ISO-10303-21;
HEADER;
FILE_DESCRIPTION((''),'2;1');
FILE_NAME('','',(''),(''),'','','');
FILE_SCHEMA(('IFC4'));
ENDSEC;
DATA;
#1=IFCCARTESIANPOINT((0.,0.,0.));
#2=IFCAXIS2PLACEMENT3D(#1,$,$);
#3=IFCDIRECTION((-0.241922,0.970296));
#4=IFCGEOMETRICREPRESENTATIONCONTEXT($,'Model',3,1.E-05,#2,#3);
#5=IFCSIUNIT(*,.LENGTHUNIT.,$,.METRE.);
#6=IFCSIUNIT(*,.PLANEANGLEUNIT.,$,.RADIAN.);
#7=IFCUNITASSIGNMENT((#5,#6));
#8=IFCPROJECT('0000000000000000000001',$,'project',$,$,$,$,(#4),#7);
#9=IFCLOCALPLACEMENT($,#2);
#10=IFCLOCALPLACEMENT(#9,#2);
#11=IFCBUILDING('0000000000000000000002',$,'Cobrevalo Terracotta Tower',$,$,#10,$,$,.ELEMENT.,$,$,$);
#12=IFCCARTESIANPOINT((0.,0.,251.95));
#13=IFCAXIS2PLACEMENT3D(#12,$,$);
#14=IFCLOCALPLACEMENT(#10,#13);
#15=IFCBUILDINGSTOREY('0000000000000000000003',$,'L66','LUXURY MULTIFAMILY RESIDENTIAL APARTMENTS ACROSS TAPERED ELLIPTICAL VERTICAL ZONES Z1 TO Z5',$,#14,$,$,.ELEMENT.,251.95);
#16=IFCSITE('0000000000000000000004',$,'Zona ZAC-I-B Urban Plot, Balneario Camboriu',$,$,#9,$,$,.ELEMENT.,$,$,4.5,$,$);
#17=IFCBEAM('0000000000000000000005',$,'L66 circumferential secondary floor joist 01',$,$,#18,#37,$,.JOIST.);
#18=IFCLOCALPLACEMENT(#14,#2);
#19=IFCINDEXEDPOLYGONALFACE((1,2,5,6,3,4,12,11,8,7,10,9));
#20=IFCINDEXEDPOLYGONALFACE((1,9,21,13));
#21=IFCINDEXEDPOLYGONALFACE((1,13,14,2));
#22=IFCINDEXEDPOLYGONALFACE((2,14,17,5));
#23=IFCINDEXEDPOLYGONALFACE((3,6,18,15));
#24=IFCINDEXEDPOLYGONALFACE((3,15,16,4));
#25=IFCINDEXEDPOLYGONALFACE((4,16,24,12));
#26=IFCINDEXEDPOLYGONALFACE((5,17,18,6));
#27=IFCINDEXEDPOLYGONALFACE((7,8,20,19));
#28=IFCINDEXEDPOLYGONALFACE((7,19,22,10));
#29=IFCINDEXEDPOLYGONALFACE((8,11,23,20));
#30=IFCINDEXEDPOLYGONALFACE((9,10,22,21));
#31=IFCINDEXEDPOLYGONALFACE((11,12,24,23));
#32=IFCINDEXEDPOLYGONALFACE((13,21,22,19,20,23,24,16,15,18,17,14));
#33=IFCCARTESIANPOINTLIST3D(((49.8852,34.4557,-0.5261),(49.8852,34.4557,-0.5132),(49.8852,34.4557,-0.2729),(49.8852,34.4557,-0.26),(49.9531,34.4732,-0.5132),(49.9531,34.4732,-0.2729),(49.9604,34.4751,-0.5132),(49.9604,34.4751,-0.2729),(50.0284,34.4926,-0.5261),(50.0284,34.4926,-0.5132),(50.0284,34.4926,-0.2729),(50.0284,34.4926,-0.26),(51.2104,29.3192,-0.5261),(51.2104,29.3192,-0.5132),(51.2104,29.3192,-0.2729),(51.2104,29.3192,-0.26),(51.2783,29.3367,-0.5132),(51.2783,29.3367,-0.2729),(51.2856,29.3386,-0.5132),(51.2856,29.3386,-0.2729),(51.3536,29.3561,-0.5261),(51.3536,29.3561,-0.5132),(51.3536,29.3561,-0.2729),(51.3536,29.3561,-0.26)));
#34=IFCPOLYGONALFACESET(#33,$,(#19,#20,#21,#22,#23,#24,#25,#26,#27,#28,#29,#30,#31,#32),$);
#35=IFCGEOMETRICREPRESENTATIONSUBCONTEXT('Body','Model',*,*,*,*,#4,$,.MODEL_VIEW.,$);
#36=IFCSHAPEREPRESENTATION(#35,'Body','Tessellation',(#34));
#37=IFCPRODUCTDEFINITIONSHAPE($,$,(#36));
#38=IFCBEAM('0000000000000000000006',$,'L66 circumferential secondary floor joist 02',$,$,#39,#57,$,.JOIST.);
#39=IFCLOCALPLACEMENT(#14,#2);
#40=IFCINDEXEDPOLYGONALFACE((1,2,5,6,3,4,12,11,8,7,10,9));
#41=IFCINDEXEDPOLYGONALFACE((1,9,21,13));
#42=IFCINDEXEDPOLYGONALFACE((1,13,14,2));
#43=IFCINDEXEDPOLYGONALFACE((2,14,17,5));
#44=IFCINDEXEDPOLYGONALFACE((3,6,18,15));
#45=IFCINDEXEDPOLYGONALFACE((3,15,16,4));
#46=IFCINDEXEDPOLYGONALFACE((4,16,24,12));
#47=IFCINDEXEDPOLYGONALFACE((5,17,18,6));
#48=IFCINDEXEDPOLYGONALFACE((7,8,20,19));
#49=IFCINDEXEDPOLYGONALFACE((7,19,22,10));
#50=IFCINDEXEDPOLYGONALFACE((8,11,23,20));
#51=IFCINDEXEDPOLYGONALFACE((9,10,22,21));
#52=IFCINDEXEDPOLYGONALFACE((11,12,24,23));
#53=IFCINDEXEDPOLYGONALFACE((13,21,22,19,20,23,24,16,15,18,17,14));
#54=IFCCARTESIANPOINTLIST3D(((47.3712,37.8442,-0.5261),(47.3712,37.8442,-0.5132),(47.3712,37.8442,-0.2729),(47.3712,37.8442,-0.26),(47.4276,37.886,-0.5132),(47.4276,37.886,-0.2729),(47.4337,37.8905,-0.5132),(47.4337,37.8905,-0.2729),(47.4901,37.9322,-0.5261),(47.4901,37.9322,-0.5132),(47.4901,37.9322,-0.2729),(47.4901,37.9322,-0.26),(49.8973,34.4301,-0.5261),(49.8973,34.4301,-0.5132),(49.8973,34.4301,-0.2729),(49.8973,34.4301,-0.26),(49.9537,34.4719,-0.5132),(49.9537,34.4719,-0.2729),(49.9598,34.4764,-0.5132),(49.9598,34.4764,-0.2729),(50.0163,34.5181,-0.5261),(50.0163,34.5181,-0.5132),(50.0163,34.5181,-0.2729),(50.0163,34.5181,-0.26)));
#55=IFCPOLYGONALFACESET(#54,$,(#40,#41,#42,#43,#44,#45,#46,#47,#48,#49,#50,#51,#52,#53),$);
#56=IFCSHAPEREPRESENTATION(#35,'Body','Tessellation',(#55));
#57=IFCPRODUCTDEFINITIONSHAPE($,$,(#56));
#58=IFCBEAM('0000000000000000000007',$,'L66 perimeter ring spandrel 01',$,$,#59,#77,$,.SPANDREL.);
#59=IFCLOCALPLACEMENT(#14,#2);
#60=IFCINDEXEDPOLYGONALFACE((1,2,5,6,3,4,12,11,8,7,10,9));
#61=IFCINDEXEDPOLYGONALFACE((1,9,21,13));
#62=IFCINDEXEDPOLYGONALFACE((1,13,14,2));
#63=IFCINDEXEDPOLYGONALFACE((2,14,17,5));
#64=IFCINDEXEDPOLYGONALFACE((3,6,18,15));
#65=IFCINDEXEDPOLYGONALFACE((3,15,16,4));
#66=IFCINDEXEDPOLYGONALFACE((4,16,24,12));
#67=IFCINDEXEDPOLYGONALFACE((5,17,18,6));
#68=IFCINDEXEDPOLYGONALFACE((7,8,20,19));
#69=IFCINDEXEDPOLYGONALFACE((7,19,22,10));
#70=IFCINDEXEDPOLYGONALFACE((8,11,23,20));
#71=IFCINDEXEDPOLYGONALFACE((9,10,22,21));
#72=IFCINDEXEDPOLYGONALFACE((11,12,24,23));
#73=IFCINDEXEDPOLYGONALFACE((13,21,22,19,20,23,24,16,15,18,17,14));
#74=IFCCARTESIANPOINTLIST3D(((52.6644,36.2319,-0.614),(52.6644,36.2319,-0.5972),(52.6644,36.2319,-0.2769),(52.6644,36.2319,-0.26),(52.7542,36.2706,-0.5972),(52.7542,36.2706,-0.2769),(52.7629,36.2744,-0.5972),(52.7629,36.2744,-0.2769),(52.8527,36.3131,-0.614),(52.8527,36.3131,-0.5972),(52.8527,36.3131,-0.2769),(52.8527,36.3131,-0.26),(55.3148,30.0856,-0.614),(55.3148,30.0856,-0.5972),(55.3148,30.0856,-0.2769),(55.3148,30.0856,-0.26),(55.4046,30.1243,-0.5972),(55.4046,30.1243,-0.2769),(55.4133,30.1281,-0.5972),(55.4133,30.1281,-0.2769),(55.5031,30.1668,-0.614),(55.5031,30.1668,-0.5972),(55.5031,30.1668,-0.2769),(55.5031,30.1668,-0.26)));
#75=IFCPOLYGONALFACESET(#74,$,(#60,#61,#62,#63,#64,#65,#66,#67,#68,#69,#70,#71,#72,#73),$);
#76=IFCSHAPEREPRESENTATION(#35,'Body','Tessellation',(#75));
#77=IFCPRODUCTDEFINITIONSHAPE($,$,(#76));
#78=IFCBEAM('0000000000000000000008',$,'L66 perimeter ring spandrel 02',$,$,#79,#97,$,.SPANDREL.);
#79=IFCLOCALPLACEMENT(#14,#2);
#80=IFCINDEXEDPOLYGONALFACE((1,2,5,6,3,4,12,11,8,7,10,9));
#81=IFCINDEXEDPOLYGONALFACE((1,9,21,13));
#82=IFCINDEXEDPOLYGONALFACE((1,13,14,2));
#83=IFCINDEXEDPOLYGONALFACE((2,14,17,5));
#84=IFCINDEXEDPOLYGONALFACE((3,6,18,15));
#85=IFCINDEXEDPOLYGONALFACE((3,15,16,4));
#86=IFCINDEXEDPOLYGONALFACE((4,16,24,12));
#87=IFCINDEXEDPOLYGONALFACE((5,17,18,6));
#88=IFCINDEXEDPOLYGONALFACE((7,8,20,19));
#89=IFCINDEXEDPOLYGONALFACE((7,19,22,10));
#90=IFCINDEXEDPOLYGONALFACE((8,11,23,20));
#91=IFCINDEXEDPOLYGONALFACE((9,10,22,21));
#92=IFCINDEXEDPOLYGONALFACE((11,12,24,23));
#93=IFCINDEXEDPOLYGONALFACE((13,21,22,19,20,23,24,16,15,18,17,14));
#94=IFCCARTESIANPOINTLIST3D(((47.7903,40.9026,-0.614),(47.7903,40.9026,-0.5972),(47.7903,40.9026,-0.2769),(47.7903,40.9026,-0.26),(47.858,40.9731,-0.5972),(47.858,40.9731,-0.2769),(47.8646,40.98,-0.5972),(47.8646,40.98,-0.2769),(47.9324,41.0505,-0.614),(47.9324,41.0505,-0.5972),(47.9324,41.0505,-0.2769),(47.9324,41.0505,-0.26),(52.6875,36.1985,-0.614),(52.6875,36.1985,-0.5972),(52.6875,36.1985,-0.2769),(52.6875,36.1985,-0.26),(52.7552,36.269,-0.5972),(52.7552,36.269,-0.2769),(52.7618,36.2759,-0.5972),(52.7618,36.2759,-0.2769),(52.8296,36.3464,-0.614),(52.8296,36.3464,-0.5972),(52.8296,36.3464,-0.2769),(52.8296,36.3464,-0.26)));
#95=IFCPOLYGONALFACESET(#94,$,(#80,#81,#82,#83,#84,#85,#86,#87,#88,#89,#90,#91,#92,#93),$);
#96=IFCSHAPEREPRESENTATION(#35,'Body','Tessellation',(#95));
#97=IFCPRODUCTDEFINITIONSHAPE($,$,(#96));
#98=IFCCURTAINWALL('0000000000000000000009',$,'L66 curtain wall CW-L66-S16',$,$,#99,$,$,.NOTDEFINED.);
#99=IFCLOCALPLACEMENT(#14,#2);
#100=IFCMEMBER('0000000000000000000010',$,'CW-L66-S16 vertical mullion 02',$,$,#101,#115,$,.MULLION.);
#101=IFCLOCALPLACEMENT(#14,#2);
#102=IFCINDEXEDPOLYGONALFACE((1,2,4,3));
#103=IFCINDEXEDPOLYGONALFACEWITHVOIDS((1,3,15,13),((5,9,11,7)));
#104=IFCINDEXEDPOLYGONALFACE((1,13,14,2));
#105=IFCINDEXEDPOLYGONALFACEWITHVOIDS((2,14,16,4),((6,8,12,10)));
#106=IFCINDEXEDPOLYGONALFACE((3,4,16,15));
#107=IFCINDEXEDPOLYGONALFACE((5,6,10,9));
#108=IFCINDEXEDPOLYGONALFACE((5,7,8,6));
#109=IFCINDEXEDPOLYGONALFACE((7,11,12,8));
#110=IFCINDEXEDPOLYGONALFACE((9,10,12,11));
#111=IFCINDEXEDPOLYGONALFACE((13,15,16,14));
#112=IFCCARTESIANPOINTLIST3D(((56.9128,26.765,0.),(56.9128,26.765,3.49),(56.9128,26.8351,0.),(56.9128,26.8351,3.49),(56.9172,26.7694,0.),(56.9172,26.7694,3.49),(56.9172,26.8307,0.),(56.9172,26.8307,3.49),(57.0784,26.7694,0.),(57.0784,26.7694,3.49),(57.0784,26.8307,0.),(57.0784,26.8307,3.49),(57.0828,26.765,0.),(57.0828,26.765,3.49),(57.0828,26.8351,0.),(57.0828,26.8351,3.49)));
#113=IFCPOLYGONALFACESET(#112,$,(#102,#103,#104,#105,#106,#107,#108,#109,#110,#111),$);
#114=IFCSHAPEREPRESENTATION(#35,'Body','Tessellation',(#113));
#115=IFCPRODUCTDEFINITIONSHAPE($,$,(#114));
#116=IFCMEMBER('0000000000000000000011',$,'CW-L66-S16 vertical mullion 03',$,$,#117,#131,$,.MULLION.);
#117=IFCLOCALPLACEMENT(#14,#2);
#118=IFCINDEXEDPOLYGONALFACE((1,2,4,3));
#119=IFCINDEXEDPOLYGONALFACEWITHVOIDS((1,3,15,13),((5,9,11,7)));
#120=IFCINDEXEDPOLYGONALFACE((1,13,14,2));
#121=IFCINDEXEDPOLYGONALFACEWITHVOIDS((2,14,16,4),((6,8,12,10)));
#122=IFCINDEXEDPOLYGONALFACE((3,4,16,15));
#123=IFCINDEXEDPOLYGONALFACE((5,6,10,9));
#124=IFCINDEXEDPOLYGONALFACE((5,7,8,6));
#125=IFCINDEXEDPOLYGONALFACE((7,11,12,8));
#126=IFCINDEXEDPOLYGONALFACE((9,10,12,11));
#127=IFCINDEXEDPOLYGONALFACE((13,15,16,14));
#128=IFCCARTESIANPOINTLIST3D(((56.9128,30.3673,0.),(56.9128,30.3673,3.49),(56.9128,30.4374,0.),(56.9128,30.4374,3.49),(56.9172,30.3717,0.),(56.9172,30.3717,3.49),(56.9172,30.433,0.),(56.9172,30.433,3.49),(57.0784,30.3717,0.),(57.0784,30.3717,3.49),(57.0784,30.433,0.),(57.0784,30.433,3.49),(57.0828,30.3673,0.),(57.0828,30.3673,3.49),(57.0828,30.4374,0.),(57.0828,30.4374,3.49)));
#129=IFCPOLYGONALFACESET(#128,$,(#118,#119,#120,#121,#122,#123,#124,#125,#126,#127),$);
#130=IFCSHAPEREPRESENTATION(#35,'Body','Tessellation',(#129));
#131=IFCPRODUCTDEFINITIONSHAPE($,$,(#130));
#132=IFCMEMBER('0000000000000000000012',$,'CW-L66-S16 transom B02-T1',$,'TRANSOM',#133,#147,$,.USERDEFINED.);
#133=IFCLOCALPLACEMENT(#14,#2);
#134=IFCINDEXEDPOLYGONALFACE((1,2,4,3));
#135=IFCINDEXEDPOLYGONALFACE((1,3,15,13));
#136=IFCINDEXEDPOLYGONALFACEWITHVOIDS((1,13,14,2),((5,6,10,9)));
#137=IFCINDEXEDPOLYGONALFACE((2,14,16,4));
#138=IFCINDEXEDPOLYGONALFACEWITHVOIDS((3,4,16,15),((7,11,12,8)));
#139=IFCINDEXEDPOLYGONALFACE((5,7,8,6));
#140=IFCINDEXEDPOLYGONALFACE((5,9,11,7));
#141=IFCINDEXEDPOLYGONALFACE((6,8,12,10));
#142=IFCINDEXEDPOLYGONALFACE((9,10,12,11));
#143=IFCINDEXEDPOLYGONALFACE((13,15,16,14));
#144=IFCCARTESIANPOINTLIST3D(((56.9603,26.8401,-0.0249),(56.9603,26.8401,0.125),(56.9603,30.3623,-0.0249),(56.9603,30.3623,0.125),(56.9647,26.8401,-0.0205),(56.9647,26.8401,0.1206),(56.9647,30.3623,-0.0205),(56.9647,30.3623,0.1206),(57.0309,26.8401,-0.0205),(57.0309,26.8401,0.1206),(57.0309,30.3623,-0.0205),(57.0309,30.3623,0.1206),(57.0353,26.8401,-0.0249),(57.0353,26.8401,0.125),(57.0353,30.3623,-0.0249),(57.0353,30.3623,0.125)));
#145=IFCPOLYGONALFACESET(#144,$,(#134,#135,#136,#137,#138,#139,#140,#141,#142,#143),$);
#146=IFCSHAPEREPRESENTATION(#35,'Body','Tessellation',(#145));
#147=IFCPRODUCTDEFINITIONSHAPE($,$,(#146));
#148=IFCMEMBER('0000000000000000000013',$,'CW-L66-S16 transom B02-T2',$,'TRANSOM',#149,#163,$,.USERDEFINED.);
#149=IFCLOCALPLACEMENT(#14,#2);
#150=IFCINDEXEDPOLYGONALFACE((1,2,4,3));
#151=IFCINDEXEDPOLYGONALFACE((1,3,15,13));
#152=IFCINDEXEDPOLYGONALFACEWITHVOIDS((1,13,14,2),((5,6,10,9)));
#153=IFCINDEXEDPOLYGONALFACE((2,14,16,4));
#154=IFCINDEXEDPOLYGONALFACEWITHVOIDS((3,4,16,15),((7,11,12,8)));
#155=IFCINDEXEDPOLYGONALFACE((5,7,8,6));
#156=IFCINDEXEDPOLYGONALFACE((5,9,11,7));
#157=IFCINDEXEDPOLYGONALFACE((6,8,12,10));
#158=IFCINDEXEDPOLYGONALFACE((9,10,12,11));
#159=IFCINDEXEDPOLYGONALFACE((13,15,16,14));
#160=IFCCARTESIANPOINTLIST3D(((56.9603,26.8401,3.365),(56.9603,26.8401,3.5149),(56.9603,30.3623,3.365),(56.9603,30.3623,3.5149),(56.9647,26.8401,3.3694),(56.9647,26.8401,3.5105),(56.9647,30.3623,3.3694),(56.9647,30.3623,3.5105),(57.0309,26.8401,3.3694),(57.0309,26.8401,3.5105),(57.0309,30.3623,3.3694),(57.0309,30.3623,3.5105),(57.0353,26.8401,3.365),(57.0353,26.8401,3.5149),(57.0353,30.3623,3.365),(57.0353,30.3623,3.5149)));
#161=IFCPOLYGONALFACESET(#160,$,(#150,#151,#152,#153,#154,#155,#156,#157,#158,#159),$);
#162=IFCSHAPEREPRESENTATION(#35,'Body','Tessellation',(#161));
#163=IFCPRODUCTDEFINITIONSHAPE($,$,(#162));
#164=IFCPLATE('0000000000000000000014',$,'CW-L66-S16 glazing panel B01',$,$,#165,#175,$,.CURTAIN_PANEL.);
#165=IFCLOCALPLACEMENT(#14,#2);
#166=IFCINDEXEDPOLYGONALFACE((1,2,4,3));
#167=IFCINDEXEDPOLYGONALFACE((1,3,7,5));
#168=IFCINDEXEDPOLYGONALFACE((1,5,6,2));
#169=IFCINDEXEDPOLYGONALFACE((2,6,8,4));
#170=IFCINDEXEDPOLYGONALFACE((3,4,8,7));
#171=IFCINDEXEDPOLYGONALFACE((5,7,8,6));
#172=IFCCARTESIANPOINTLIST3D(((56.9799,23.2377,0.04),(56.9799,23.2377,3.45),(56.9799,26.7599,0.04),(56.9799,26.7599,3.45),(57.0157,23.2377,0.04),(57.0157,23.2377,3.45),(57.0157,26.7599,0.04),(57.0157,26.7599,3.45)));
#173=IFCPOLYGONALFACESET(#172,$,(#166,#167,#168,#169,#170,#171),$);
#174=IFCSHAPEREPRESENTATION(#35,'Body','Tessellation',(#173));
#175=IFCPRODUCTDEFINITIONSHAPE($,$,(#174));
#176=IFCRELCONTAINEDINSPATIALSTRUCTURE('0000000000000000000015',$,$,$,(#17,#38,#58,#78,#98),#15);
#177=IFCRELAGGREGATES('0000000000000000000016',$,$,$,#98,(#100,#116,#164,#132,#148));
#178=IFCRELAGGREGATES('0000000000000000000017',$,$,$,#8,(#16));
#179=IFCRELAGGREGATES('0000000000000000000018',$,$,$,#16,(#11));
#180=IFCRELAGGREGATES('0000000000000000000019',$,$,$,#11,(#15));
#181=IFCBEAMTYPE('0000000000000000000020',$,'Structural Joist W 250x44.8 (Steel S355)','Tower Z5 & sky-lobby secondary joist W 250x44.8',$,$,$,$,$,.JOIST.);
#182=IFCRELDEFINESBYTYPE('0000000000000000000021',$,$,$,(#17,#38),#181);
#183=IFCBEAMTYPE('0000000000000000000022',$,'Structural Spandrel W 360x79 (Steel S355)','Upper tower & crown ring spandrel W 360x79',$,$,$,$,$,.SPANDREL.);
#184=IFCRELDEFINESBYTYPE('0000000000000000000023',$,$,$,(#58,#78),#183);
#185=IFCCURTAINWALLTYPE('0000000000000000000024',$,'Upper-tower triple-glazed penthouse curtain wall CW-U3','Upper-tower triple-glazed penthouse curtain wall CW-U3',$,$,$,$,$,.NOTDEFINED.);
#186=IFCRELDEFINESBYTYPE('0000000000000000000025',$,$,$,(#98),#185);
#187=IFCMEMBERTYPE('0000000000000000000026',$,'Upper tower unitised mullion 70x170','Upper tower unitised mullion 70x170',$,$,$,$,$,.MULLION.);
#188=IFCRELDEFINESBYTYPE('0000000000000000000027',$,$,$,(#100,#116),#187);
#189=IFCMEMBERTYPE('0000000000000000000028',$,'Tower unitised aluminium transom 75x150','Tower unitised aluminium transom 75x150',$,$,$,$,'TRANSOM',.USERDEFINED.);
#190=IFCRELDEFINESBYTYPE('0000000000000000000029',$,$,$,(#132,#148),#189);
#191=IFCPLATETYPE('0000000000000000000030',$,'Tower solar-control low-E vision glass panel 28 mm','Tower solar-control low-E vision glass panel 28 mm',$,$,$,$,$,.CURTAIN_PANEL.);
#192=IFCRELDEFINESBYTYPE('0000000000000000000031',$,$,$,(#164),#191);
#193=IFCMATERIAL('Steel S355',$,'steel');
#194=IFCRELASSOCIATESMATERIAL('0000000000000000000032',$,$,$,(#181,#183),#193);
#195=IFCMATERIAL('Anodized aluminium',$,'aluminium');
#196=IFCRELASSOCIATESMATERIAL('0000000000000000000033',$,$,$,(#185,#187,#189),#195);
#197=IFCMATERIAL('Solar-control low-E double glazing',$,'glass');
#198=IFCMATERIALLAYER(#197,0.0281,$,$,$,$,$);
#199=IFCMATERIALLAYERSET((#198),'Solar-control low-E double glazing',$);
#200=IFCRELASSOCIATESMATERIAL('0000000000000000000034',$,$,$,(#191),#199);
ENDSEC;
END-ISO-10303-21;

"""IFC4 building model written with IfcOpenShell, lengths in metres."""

from ifc_helpers import new_model, si_unit, direction, frame, origin, origin_2d, place, context, subcontext, project, spatial, rectangle, hollow_rectangle, i_section, extrude, source, transform, mapped, material, layer, layer_set, material_profile, profile_set, type_object, element, aggregate, save


model = new_model("IFC4")

# Units and contexts
model_context = context("Model", 3, precision=1e-05, world=origin(), true_north=direction((-0.241922, 0.970296)))
body_context = subcontext(model_context, "Body", "Model", "MODEL_VIEW")
ifc_project = project(units=[si_unit("LENGTHUNIT", "METRE"), si_unit("PLANEANGLEUNIT", "RADIAN")], contexts=[model_context])

# Site, building, storey
site_placement = place(None, origin())
site = spatial("IfcSite", under=ifc_project, at=site_placement, Name="Zona ZAC-I-B Urban Plot, Balneario Camboriu", CompositionType="ELEMENT", RefElevation=4.5)
building_placement = place(site_placement, origin())
building = spatial("IfcBuilding", under=site, at=building_placement, Name="Cobrevalo Terracotta Tower", CompositionType="ELEMENT")
storey_placement = place(building_placement, frame((0.0, 0.0, 251.95)))
storey = spatial("IfcBuildingStorey", under=building, at=storey_placement, Name="L66", Description="LUXURY MULTIFAMILY RESIDENTIAL APARTMENTS ACROSS TAPERED ELLIPTICAL VERTICAL ZONES Z1 TO Z5", CompositionType="ELEMENT", Elevation=251.95)

# Shared definitions
ifc_material_1 = material(Name="Steel S355", Category="steel")

# Beams
ifc_material_profile_1 = material_profile(ifc_material_1, i_section(OverallWidth=0.1479, OverallDepth=0.2661, WebThickness=0.0076, FlangeThickness=0.0129, at=origin_2d()), Name="W 250x44.8")
ifc_profile_set_1 = profile_set([ifc_material_profile_1], Name="Steel S355")
beam_type_1 = type_object("IfcBeamType", Name="Structural Joist W 250x44.8 (Steel S355)", Description="Tower Z5 & sky-lobby secondary joist W 250x44.8", PredefinedType="JOIST", material=ifc_profile_set_1)
beam_1_placement = place(storey_placement, frame((51.282, 29.3376, -0.3931), z_axis=(-0.249817, 0.968293, 0.0), x_axis=(-0.968293, -0.249817, 0.0)))
element("IfcBeam", 1, at=beam_1_placement, inside=storey, type_object=beam_type_1, Name="L66 circumferential secondary floor joist 01", PredefinedType="JOIST", context=body_context, shape_type="SweptSolid", body=[
    extrude(i_section(OverallWidth=0.1479, OverallDepth=0.2661, WebThickness=0.0076, FlangeThickness=0.0129, at=origin_2d()), origin(), (0.0, 0.0, 1.0), 5.3047),
])
beam_2_placement = place(storey_placement, frame((49.9568, 34.4741, -0.3931), z_axis=(-0.5948, 0.803874, 0.0), x_axis=(-0.803874, -0.5948, 0.0)))
element("IfcBeam", 2, at=beam_2_placement, inside=storey, type_object=beam_type_1, Name="L66 circumferential secondary floor joist 02", PredefinedType="JOIST", context=body_context, shape_type="SweptSolid", body=[
    extrude(i_section(OverallWidth=0.1479, OverallDepth=0.2661, WebThickness=0.0076, FlangeThickness=0.0129, at=origin_2d()), origin(), (0.0, 0.0, 1.0), 4.2471),
])
ifc_material_profile_2 = material_profile(ifc_material_1, i_section(OverallWidth=0.2051, OverallDepth=0.354, WebThickness=0.0095, FlangeThickness=0.0168, at=origin_2d()), Name="W 360x79")
ifc_profile_set_2 = profile_set([ifc_material_profile_2], Name="Steel S355")
beam_type_2 = type_object("IfcBeamType", Name="Structural Spandrel W 360x79 (Steel S355)", Description="Upper tower & crown ring spandrel W 360x79", PredefinedType="SPANDREL", material=ifc_profile_set_2)
beam_3_placement = place(storey_placement, frame((55.4089, 30.1262, -0.437), z_axis=(-0.395974, 0.918262, 0.0), x_axis=(-0.918262, -0.395974, 0.0)))
element("IfcBeam", 3, at=beam_3_placement, inside=storey, type_object=beam_type_2, Name="L66 perimeter ring spandrel 01", PredefinedType="SPANDREL", context=body_context, shape_type="SweptSolid", body=[
    extrude(i_section(OverallWidth=0.2051, OverallDepth=0.354, WebThickness=0.0095, FlangeThickness=0.0168, at=origin_2d()), origin(), (0.0, 0.0, 1.0), 6.6934),
])
beam_4_placement = place(storey_placement, frame((52.7585, 36.2725, -0.437), z_axis=(-0.721183, 0.692744, 0.0), x_axis=(-0.692744, -0.721183, 0.0)))
element("IfcBeam", 4, at=beam_4_placement, inside=storey, type_object=beam_type_2, Name="L66 perimeter ring spandrel 02", PredefinedType="SPANDREL", context=body_context, shape_type="SweptSolid", body=[
    extrude(i_section(OverallWidth=0.2051, OverallDepth=0.354, WebThickness=0.0095, FlangeThickness=0.0168, at=origin_2d()), origin(), (0.0, 0.0, 1.0), 6.7905),
])

# Curtain wall, members, plate
ifc_material_2 = material(Name="Anodized aluminium", Category="aluminium")
curtain_wall_type = type_object("IfcCurtainWallType", Name="Upper-tower triple-glazed penthouse curtain wall CW-U3", Description="Upper-tower triple-glazed penthouse curtain wall CW-U3", PredefinedType="NOTDEFINED", material=ifc_material_2)
curtain_wall_placement = place(storey_placement, origin())
curtain_wall = element("IfcCurtainWall", 5, at=curtain_wall_placement, inside=storey, type_object=curtain_wall_type, Name="L66 curtain wall CW-L66-S16", PredefinedType="NOTDEFINED")
ifc_material_profile_3 = material_profile(ifc_material_2, hollow_rectangle(XDim=0.0701, YDim=0.1699, WallThickness=0.0044, at=origin_2d()), Name="CWM 70x170")
ifc_profile_set_3 = profile_set([ifc_material_profile_3], Name="Anodized aluminium")
member_type_1 = type_object("IfcMemberType", Name="Upper tower unitised mullion 70x170", Description="Upper tower unitised mullion 70x170", PredefinedType="MULLION", material=ifc_profile_set_3)
shared_shape_1 = source(origin(), body_context, "Body", "SweptSolid", [
    extrude(hollow_rectangle(XDim=0.0701, YDim=0.1699, WallThickness=0.0044, at=origin_2d()), origin(), (0.0, 0.0, 1.0), 3.49),
])
member_1_placement = place(storey_placement, frame((56.9978, 26.8, 0.0), z_axis=(0.0, 0.0, 1.0), x_axis=(0.0, 1.0, 0.0)))
member_1 = element("IfcMember", 6, at=member_1_placement, type_object=member_type_1, Name="CW-L66-S16 vertical mullion 02", PredefinedType="MULLION", context=body_context, shape_type="MappedRepresentation", body=[
    mapped(shared_shape_1, transform((0.0, 0.0, 0.0), scale=1.0)),
])
member_2_placement = place(storey_placement, frame((56.9978, 30.4023, 0.0), z_axis=(0.0, 0.0, 1.0), x_axis=(0.0, 1.0, 0.0)))
member_2 = element("IfcMember", 7, at=member_2_placement, type_object=member_type_1, Name="CW-L66-S16 vertical mullion 03", PredefinedType="MULLION", context=body_context, shape_type="MappedRepresentation", body=[
    mapped(shared_shape_1, transform((0.0, 0.0, 0.0), scale=1.0)),
])
ifc_material_profile_4 = material_profile(ifc_material_2, hollow_rectangle(XDim=0.075, YDim=0.1499, WallThickness=0.0044, at=origin_2d()), Name="CWT 75x150")
ifc_profile_set_4 = profile_set([ifc_material_profile_4], Name="Anodized aluminium")
member_type_2 = type_object("IfcMemberType", Name="Tower unitised aluminium transom 75x150", Description="Tower unitised aluminium transom 75x150", ElementType="TRANSOM", PredefinedType="USERDEFINED", material=ifc_profile_set_4)
shared_shape_2 = source(origin(), body_context, "Body", "SweptSolid", [
    extrude(hollow_rectangle(XDim=0.075, YDim=0.1499, WallThickness=0.0044, at=origin_2d()), origin(), (0.0, 0.0, 1.0), 3.5222),
])
member_3_placement = place(storey_placement, frame((56.9978, 26.8401, 0.05), z_axis=(0.0, 1.0, 0.0), x_axis=(-1.0, 0.0, 0.0)))
member_3 = element("IfcMember", 8, at=member_3_placement, type_object=member_type_2, Name="CW-L66-S16 transom B02-T1", ObjectType="TRANSOM", PredefinedType="USERDEFINED", context=body_context, shape_type="MappedRepresentation", body=[
    mapped(shared_shape_2, transform((0.0, 0.0, 0.0), scale=1.0)),
])
member_4_placement = place(storey_placement, frame((56.9978, 26.8401, 3.4399), z_axis=(0.0, 1.0, 0.0), x_axis=(-1.0, 0.0, 0.0)))
member_4 = element("IfcMember", 9, at=member_4_placement, type_object=member_type_2, Name="CW-L66-S16 transom B02-T2", ObjectType="TRANSOM", PredefinedType="USERDEFINED", context=body_context, shape_type="MappedRepresentation", body=[
    mapped(shared_shape_2, transform((0.0, 0.0, 0.0), scale=1.0)),
])
ifc_material_3 = material(Name="Solar-control low-E double glazing", Category="glass")
ifc_layer_1 = layer(ifc_material_3, 0.0281)
ifc_layer_set_1 = layer_set([ifc_layer_1], Name="Solar-control low-E double glazing")
plate_type = type_object("IfcPlateType", Name="Tower solar-control low-E vision glass panel 28 mm", Description="Tower solar-control low-E vision glass panel 28 mm", PredefinedType="CURTAIN_PANEL", material=ifc_layer_set_1)
shared_shape_3 = source(origin(), body_context, "Body", "SweptSolid", [
    extrude(rectangle(XDim=3.5222, YDim=0.0359, at=origin_2d()), origin(), (0.0, 0.0, 1.0), 3.4099),
])
plate_1_placement = place(storey_placement, frame((56.9978, 24.9988, 0.04), z_axis=(0.0, 0.0, 1.0), x_axis=(0.0, 1.0, 0.0)))
plate_1 = element("IfcPlate", 10, at=plate_1_placement, type_object=plate_type, Name="CW-L66-S16 glazing panel B01", PredefinedType="CURTAIN_PANEL", context=body_context, shape_type="MappedRepresentation", body=[
    mapped(shared_shape_3, transform((0.0, 0.0, 0.0), scale=1.0)),
])
aggregate(curtain_wall, [member_1, member_2, plate_1, member_3, member_4])

save(model, "model.ifc")
